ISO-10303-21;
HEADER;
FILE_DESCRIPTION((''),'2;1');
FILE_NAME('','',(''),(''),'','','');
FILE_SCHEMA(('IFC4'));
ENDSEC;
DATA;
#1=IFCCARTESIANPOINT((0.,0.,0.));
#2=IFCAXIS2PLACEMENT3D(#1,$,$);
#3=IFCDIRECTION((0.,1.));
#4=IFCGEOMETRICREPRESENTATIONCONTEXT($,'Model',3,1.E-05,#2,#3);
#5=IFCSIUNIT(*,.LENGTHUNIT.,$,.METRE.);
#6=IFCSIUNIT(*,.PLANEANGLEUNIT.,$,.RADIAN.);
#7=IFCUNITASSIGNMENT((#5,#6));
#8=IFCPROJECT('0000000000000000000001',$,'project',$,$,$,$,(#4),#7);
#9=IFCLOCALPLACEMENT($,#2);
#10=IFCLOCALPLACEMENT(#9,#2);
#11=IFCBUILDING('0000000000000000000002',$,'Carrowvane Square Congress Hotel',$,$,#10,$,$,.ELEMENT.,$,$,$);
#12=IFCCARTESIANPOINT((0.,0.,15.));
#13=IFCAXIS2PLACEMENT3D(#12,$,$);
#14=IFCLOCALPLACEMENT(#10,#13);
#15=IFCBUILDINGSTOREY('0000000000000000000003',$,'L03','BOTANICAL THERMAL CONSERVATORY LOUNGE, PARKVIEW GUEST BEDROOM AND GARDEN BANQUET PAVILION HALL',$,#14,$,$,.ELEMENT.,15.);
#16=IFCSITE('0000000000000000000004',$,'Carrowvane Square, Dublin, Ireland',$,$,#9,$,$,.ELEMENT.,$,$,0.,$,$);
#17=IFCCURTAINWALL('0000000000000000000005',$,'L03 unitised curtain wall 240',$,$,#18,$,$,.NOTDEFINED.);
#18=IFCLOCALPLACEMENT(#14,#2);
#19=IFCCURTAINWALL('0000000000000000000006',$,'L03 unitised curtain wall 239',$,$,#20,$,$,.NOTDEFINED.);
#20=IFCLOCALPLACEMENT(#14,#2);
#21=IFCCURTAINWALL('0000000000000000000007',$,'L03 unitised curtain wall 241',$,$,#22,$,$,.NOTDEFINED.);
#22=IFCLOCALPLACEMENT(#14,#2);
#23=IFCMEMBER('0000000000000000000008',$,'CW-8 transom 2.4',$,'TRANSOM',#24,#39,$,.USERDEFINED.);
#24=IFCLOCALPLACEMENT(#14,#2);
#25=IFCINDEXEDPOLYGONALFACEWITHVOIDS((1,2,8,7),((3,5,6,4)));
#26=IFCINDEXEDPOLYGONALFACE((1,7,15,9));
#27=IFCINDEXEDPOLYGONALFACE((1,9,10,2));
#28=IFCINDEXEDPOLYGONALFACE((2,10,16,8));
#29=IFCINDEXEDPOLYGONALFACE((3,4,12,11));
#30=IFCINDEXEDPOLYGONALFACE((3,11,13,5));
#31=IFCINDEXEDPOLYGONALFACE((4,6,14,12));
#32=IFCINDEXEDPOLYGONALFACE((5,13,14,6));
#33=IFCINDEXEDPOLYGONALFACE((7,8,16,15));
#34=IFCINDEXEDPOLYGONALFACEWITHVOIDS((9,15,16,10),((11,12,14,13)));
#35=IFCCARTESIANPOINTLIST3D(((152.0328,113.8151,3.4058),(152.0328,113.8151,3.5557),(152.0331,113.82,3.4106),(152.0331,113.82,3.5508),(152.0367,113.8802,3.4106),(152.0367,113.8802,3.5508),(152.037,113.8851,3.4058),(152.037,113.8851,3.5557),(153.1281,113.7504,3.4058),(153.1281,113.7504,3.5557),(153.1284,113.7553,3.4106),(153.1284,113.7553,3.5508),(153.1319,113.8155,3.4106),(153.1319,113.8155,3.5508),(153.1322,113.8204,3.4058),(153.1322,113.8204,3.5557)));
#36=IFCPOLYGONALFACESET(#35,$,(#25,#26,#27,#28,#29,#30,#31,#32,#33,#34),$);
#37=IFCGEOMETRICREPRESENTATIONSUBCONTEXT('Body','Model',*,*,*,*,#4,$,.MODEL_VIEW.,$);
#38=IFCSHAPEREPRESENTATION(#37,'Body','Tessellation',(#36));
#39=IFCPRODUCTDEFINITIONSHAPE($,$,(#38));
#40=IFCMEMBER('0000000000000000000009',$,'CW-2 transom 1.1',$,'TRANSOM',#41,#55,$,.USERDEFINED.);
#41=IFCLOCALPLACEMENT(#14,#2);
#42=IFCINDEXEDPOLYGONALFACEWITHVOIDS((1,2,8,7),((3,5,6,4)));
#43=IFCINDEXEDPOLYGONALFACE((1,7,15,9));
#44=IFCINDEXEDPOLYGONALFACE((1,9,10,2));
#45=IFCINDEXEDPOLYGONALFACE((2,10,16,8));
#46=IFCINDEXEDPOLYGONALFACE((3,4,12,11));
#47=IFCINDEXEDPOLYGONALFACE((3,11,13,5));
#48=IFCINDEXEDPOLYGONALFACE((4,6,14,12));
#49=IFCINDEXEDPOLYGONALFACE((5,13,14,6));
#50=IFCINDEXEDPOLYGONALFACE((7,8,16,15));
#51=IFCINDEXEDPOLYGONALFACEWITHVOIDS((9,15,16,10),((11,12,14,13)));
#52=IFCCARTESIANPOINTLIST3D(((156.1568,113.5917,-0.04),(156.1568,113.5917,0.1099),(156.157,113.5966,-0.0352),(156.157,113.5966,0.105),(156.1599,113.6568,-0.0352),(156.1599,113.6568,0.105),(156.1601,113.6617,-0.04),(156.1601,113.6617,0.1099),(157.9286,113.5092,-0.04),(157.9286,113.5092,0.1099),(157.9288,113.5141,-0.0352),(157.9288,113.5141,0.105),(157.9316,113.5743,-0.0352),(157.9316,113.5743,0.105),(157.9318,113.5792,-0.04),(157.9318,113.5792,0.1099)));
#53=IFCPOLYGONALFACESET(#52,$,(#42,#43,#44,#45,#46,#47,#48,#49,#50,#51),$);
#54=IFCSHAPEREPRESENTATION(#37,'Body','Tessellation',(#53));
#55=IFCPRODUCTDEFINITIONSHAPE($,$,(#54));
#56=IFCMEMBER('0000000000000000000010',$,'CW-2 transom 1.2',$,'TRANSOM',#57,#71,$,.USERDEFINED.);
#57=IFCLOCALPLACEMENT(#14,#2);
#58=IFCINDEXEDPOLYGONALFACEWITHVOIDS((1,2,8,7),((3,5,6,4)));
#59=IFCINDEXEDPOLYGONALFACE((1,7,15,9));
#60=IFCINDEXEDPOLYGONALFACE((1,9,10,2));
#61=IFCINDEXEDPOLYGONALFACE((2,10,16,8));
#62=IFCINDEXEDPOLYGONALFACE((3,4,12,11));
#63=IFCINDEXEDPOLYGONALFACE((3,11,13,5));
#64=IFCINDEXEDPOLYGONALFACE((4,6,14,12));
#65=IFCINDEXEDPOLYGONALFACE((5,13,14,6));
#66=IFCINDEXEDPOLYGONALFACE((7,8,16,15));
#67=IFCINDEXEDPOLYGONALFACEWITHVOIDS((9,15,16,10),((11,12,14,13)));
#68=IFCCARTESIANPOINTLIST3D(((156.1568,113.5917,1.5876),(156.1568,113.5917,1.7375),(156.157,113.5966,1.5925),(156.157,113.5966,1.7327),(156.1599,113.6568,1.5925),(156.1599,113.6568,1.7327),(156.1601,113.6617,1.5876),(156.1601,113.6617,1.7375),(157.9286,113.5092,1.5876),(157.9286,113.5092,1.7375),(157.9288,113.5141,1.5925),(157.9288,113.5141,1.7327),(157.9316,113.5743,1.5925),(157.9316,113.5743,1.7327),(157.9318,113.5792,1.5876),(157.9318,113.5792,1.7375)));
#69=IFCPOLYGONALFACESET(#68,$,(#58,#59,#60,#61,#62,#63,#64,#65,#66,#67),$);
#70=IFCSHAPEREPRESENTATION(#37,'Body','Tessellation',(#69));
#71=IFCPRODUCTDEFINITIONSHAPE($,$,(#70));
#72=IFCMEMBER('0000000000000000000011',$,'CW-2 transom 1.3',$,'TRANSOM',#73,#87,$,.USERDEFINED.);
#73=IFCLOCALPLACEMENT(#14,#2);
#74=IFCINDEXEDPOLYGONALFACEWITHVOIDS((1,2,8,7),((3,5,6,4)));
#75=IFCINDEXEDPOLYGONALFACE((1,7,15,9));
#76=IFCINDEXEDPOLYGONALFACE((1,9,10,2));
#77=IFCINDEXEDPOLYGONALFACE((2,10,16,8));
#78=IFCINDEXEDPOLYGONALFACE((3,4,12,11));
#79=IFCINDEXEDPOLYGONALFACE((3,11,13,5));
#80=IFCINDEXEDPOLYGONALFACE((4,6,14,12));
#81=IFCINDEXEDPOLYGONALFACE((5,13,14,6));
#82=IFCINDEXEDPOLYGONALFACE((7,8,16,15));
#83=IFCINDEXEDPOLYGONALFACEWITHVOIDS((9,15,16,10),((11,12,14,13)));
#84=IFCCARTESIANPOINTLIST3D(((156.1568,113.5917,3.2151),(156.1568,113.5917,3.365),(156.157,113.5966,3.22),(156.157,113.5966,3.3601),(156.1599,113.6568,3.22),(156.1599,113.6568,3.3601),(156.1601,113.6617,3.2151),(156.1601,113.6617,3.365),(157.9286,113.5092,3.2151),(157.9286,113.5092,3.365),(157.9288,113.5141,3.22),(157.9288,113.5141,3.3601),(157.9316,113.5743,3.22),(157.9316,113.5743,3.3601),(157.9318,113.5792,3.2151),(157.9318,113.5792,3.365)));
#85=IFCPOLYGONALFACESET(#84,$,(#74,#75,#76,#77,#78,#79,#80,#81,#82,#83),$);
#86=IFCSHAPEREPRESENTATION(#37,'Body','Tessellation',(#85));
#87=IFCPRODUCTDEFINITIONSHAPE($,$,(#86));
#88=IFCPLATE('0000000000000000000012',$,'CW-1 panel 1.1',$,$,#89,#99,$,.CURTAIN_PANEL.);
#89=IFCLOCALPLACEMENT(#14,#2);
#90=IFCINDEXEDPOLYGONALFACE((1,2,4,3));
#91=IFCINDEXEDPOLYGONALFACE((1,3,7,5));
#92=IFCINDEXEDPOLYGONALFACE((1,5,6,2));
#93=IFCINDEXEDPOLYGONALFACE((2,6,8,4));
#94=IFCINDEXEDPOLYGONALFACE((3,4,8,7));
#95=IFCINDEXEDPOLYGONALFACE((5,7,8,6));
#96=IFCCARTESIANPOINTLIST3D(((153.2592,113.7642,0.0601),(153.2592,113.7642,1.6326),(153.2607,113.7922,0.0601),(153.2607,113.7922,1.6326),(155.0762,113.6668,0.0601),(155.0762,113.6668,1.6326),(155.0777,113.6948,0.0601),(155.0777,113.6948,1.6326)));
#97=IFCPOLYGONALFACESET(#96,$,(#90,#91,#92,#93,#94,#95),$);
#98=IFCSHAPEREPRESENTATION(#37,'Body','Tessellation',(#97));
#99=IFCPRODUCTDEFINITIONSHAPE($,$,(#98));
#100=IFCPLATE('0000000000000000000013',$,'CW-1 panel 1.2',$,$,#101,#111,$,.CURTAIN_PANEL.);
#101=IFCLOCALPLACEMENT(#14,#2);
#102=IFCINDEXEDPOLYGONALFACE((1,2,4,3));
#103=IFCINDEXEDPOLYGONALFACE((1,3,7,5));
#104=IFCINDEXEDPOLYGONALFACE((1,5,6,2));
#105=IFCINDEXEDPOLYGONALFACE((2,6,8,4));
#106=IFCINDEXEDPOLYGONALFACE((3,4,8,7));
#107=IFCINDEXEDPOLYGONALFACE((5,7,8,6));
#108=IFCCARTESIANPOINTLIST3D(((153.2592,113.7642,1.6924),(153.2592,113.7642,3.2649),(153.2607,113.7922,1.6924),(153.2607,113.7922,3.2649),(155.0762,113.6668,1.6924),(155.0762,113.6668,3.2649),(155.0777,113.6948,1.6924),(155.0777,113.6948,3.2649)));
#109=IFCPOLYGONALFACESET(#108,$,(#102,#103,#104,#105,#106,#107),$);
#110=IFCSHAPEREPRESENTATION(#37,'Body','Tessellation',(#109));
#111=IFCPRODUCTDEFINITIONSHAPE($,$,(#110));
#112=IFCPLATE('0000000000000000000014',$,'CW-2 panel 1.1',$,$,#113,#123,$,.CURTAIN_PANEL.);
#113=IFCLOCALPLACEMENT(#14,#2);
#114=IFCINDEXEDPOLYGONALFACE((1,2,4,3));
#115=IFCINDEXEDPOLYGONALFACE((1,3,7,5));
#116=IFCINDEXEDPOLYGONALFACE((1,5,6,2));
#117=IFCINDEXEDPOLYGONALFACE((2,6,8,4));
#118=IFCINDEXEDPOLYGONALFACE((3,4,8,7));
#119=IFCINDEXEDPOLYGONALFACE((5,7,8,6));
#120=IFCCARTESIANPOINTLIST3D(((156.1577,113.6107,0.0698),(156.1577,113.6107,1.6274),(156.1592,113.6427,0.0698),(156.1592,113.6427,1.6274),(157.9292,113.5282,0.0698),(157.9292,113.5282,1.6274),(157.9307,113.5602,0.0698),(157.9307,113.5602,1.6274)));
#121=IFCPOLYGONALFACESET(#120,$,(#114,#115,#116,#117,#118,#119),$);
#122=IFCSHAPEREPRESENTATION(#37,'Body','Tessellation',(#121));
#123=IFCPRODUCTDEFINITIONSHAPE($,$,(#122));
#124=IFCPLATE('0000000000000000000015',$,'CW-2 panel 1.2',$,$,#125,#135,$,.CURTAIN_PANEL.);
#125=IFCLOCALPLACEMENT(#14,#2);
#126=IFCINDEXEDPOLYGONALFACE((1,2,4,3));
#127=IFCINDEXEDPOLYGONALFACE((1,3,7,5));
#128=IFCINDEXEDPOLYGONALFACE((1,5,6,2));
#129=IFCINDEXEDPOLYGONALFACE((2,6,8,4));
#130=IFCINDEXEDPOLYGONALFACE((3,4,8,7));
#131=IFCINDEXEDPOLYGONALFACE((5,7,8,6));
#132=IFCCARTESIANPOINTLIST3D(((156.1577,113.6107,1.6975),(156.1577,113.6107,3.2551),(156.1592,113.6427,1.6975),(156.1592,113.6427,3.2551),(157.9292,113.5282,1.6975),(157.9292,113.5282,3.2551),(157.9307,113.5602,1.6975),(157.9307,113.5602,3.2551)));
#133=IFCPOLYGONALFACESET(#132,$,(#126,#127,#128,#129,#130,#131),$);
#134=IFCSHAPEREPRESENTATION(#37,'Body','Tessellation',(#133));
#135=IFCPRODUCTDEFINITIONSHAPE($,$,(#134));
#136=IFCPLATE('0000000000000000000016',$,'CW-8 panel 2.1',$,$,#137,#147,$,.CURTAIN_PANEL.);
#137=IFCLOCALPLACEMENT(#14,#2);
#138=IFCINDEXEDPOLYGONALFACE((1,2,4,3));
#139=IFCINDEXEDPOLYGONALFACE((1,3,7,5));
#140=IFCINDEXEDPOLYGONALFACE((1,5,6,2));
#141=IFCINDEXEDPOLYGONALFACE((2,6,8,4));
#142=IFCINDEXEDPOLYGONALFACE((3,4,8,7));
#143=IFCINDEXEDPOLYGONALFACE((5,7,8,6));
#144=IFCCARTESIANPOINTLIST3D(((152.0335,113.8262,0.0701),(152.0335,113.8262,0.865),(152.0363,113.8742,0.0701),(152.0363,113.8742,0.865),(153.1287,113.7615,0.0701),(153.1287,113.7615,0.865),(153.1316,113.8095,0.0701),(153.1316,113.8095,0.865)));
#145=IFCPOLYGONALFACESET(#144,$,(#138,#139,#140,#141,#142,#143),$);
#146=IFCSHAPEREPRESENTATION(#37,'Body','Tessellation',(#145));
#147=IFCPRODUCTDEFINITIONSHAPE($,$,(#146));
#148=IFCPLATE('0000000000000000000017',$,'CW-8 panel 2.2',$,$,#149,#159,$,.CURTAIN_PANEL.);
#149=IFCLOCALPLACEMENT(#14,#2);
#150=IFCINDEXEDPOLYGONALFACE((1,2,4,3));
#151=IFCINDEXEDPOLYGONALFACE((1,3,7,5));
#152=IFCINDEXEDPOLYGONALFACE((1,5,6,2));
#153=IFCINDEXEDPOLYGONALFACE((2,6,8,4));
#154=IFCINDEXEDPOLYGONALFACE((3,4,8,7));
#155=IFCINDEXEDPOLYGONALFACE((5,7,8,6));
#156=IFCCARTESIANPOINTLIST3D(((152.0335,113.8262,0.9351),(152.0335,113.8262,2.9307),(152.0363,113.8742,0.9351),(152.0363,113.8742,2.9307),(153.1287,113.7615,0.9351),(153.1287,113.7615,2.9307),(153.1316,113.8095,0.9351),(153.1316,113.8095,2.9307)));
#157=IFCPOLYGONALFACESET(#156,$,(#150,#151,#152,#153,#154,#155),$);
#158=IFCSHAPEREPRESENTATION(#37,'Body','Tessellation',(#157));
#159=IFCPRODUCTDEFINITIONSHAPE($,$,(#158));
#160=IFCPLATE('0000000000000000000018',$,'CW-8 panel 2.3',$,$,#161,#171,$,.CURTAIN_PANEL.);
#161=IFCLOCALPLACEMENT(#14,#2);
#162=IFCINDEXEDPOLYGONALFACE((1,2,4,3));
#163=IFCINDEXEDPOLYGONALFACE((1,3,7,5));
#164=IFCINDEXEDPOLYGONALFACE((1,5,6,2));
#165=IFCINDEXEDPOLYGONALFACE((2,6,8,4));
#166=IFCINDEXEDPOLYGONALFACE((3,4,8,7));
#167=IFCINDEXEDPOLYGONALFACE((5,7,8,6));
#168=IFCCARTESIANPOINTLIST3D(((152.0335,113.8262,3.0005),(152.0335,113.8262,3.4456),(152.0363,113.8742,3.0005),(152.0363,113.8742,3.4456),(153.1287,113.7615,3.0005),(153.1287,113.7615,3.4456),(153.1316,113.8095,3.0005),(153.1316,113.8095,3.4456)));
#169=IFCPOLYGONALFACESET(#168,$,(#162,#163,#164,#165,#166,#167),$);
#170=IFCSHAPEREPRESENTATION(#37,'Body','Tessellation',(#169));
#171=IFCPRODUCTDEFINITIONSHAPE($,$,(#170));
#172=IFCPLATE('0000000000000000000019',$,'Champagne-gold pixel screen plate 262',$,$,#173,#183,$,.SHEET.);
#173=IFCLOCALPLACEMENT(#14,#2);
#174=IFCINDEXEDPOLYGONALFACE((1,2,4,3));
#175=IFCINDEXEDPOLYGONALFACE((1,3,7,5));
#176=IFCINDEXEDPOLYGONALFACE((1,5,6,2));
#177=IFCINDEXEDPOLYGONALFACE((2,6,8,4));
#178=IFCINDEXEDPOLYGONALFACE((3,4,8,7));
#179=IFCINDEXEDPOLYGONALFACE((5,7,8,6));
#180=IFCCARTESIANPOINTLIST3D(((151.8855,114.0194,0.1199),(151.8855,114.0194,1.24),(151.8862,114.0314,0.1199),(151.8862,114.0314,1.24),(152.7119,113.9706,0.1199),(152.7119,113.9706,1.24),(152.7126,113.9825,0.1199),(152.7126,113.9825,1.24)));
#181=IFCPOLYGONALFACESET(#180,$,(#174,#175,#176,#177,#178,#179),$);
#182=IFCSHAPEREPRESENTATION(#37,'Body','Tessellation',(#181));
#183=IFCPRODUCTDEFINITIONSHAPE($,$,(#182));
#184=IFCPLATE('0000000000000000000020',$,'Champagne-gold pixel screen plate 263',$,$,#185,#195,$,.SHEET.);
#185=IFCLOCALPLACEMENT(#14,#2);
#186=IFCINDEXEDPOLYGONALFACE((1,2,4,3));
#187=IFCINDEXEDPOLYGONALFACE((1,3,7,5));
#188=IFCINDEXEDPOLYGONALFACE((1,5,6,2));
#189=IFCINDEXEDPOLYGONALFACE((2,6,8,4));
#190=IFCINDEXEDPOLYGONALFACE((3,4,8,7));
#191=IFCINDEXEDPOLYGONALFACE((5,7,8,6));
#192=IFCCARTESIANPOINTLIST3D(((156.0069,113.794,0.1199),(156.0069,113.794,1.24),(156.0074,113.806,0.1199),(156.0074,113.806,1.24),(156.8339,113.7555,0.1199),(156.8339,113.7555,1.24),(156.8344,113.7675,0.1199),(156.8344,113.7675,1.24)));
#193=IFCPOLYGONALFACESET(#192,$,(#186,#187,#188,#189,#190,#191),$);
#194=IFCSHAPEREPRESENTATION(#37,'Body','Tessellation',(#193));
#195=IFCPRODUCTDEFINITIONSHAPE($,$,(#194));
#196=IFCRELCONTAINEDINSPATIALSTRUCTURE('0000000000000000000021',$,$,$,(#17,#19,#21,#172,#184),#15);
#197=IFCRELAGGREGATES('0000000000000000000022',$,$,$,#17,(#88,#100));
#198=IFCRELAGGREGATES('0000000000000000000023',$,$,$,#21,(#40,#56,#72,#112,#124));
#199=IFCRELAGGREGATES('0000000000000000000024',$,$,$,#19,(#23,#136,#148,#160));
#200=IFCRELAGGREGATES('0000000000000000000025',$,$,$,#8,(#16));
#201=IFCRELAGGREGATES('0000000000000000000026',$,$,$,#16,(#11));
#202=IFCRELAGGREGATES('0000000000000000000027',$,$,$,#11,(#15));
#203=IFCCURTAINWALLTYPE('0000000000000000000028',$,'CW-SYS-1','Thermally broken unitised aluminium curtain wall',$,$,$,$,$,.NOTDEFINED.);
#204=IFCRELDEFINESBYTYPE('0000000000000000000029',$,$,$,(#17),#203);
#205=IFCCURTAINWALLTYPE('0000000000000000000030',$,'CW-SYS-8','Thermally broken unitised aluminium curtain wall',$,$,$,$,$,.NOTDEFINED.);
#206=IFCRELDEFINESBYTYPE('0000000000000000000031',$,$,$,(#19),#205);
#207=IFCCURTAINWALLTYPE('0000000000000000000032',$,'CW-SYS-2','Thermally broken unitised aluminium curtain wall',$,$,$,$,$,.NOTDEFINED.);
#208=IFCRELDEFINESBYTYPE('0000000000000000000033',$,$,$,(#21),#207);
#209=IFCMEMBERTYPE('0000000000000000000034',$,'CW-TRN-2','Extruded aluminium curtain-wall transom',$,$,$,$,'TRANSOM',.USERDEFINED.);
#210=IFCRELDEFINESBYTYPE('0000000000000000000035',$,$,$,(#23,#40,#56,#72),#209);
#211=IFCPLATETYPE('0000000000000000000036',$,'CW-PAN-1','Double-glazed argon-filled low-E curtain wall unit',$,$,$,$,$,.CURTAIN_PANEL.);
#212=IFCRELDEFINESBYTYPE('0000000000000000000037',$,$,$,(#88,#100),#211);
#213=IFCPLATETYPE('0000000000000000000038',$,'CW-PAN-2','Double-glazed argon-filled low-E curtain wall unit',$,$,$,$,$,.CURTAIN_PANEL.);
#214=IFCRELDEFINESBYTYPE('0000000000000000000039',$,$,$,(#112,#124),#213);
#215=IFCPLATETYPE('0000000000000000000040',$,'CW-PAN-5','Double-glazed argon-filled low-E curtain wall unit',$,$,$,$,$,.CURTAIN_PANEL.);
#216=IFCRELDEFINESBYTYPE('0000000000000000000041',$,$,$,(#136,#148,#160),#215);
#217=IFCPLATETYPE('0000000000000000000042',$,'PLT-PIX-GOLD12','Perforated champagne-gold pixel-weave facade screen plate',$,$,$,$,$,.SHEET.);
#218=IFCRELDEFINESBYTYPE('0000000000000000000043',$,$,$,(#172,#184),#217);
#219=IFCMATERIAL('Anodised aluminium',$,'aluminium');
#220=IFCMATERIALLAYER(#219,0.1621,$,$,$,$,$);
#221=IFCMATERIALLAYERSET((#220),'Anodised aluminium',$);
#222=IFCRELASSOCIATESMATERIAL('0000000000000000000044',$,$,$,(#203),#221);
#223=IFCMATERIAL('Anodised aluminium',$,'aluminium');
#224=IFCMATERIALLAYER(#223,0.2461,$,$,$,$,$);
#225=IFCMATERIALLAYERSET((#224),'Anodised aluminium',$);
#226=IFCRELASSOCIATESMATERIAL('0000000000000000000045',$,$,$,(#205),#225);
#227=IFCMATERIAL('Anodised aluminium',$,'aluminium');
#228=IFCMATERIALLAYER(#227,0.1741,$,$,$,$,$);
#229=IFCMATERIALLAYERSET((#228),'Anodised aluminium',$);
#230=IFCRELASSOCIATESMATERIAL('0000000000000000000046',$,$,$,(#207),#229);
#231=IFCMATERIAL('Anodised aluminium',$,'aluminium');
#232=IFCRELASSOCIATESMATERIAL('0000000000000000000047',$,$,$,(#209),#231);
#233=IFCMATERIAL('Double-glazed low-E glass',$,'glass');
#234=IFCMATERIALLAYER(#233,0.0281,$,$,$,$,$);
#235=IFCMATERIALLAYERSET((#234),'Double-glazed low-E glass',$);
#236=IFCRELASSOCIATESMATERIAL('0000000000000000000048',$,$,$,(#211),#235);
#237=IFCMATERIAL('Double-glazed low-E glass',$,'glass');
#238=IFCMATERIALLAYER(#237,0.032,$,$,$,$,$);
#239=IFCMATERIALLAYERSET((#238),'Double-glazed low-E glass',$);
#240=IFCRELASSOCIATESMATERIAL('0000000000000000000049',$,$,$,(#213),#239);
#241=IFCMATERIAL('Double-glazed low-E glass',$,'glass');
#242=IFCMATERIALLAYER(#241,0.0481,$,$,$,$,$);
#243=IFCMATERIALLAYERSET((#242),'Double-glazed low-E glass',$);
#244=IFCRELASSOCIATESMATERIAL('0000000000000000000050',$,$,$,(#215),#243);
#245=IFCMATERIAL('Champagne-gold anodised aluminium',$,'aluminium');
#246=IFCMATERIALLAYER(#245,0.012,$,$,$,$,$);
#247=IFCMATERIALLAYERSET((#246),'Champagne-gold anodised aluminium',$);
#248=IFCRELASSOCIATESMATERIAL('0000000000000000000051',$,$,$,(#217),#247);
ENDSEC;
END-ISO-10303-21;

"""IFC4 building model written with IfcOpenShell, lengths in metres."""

from ifc_helpers import new_model, si_unit, direction, frame, origin, origin_2d, place, context, subcontext, project, spatial, rectangle, hollow_rectangle, extrude, material, layer, layer_set, material_profile, profile_set, type_object, element, aggregate, save


model = new_model("IFC4")

# Units and contexts
model_context = context("Model", 3, precision=1e-05, world=origin(), true_north=direction((0.0, 1.0)))
body_context = subcontext(model_context, "Body", "Model", "MODEL_VIEW")
ifc_project = project(units=[si_unit("LENGTHUNIT", "METRE"), si_unit("PLANEANGLEUNIT", "RADIAN")], contexts=[model_context])

# Site, building, storey
site_placement = place(None, origin())
site = spatial("IfcSite", under=ifc_project, at=site_placement, Name="Carrowvane Square, Dublin, Ireland", CompositionType="ELEMENT", RefElevation=0.0)
building_placement = place(site_placement, origin())
building = spatial("IfcBuilding", under=site, at=building_placement, Name="Carrowvane Square Congress Hotel", CompositionType="ELEMENT")
storey_placement = place(building_placement, frame((0.0, 0.0, 15.0)))
storey = spatial("IfcBuildingStorey", under=building, at=storey_placement, Name="L03", Description="BOTANICAL THERMAL CONSERVATORY LOUNGE, PARKVIEW GUEST BEDROOM AND GARDEN BANQUET PAVILION HALL", CompositionType="ELEMENT", Elevation=15.0)

# Curtain wall
ifc_material_1 = material(Name="Anodised aluminium", Category="aluminium")
ifc_layer_1 = layer(ifc_material_1, 0.1621)
ifc_layer_set_1 = layer_set([ifc_layer_1], Name="Anodised aluminium")
curtain_wall_type_1 = type_object("IfcCurtainWallType", Name="CW-SYS-1", Description="Thermally broken unitised aluminium curtain wall", PredefinedType="NOTDEFINED", material=ifc_layer_set_1)
curtain_wall_1_placement = place(storey_placement, origin())
curtain_wall_1 = element("IfcCurtainWall", 1, at=curtain_wall_1_placement, inside=storey, type_object=curtain_wall_type_1, Name="L03 unitised curtain wall 240", PredefinedType="NOTDEFINED")

# Curtain wall
ifc_material_2 = material(Name="Anodised aluminium", Category="aluminium")
ifc_layer_2 = layer(ifc_material_2, 0.2461)
ifc_layer_set_2 = layer_set([ifc_layer_2], Name="Anodised aluminium")
curtain_wall_type_2 = type_object("IfcCurtainWallType", Name="CW-SYS-8", Description="Thermally broken unitised aluminium curtain wall", PredefinedType="NOTDEFINED", material=ifc_layer_set_2)
curtain_wall_2_placement = place(storey_placement, origin())
curtain_wall_2 = element("IfcCurtainWall", 2, at=curtain_wall_2_placement, inside=storey, type_object=curtain_wall_type_2, Name="L03 unitised curtain wall 239", PredefinedType="NOTDEFINED")

# Curtain wall
ifc_material_3 = material(Name="Anodised aluminium", Category="aluminium")
ifc_layer_3 = layer(ifc_material_3, 0.1741)
ifc_layer_set_3 = layer_set([ifc_layer_3], Name="Anodised aluminium")
curtain_wall_type_3 = type_object("IfcCurtainWallType", Name="CW-SYS-2", Description="Thermally broken unitised aluminium curtain wall", PredefinedType="NOTDEFINED", material=ifc_layer_set_3)
curtain_wall_3_placement = place(storey_placement, origin())
curtain_wall_3 = element("IfcCurtainWall", 3, at=curtain_wall_3_placement, inside=storey, type_object=curtain_wall_type_3, Name="L03 unitised curtain wall 241", PredefinedType="NOTDEFINED")

# Members
ifc_material_4 = material(Name="Anodised aluminium", Category="aluminium")
ifc_material_profile_1 = material_profile(ifc_material_4, hollow_rectangle(XDim=0.0701, YDim=0.1499, WallThickness=0.0049, at=origin_2d()), Name="CW-TR 70x150x5")
ifc_profile_set_1 = profile_set([ifc_material_profile_1], Name="Anodised aluminium")
member_type_1 = type_object("IfcMemberType", Name="CW-TRN-2", Description="Extruded aluminium curtain-wall transom", ElementType="TRANSOM", PredefinedType="USERDEFINED", material=ifc_profile_set_1)
member_1_placement = place(storey_placement, frame((152.0349, 113.8501, 3.4807), z_axis=(0.99826, -0.05897, 0.0), x_axis=(0.05897, 0.99826, 0.0)))
member_1 = element("IfcMember", 4, at=member_1_placement, type_object=member_type_1, Name="CW-8 transom 2.4", ObjectType="TRANSOM", PredefinedType="USERDEFINED", context=body_context, shape_type="SweptSolid", body=[
    extrude(hollow_rectangle(XDim=0.0701, YDim=0.1499, WallThickness=0.0049, at=origin_2d()), origin(), (0.0, 0.0, 1.0), 1.0972),
])
member_2_placement = place(storey_placement, frame((156.1584, 113.6267, 0.0349), z_axis=(0.998917, -0.046525, 0.0), x_axis=(0.046525, 0.998917, 0.0)))
member_2 = element("IfcMember", 5, at=member_2_placement, type_object=member_type_1, Name="CW-2 transom 1.1", ObjectType="TRANSOM", PredefinedType="USERDEFINED", context=body_context, shape_type="SweptSolid", body=[
    extrude(hollow_rectangle(XDim=0.0701, YDim=0.1499, WallThickness=0.0049, at=origin_2d()), origin(), (0.0, 0.0, 1.0), 1.7737),
])
member_3_placement = place(storey_placement, frame((156.1584, 113.6267, 1.6626), z_axis=(0.998917, -0.046525, 0.0), x_axis=(0.046525, 0.998917, 0.0)))
member_3 = element("IfcMember", 6, at=member_3_placement, type_object=member_type_1, Name="CW-2 transom 1.2", ObjectType="TRANSOM", PredefinedType="USERDEFINED", context=body_context, shape_type="SweptSolid", body=[
    extrude(hollow_rectangle(XDim=0.0701, YDim=0.1499, WallThickness=0.0049, at=origin_2d()), origin(), (0.0, 0.0, 1.0), 1.7737),
])
member_4_placement = place(storey_placement, frame((156.1584, 113.6267, 3.29), z_axis=(0.998917, -0.046525, 0.0), x_axis=(0.046525, 0.998917, 0.0)))
member_4 = element("IfcMember", 7, at=member_4_placement, type_object=member_type_1, Name="CW-2 transom 1.3", ObjectType="TRANSOM", PredefinedType="USERDEFINED", context=body_context, shape_type="SweptSolid", body=[
    extrude(hollow_rectangle(XDim=0.0701, YDim=0.1499, WallThickness=0.0049, at=origin_2d()), origin(), (0.0, 0.0, 1.0), 1.7737),
])

# Plates
ifc_material_5 = material(Name="Double-glazed low-E glass", Category="glass")
ifc_layer_4 = layer(ifc_material_5, 0.0281)
ifc_layer_set_4 = layer_set([ifc_layer_4], Name="Double-glazed low-E glass")
plate_type_1 = type_object("IfcPlateType", Name="CW-PAN-1", Description="Double-glazed argon-filled low-E curtain wall unit", PredefinedType="CURTAIN_PANEL", material=ifc_layer_set_4)
plate_1_placement = place(storey_placement, frame((154.1685, 113.7295, 0.0601), z_axis=(0.0, 0.0, 1.0), x_axis=(0.998567, -0.053516, 0.0)))
plate_1 = element("IfcPlate", 8, at=plate_1_placement, type_object=plate_type_1, Name="CW-1 panel 1.1", PredefinedType="CURTAIN_PANEL", context=body_context, shape_type="SweptSolid", body=[
    extrude(rectangle(XDim=1.8196, YDim=0.0281, at=origin_2d()), origin(), (0.0, 0.0, 1.0), 1.5725),
])
plate_2_placement = place(storey_placement, frame((154.1685, 113.7295, 1.6924), z_axis=(0.0, 0.0, 1.0), x_axis=(0.998567, -0.053516, 0.0)))
plate_2 = element("IfcPlate", 9, at=plate_2_placement, type_object=plate_type_1, Name="CW-1 panel 1.2", PredefinedType="CURTAIN_PANEL", context=body_context, shape_type="SweptSolid", body=[
    extrude(rectangle(XDim=1.8196, YDim=0.0281, at=origin_2d()), origin(), (0.0, 0.0, 1.0), 1.5725),
])
aggregate(curtain_wall_1, [plate_1, plate_2])
ifc_material_6 = material(Name="Double-glazed low-E glass", Category="glass")
ifc_layer_5 = layer(ifc_material_6, 0.032)
ifc_layer_set_5 = layer_set([ifc_layer_5], Name="Double-glazed low-E glass")
plate_type_2 = type_object("IfcPlateType", Name="CW-PAN-2", Description="Double-glazed argon-filled low-E curtain wall unit", PredefinedType="CURTAIN_PANEL", material=ifc_layer_set_5)
plate_3_placement = place(storey_placement, frame((157.0442, 113.5854, 0.0698), z_axis=(0.0, 0.0, 1.0), x_axis=(0.998917, -0.046522, 0.0)))
plate_3 = element("IfcPlate", 10, at=plate_3_placement, type_object=plate_type_2, Name="CW-2 panel 1.1", PredefinedType="CURTAIN_PANEL", context=body_context, shape_type="SweptSolid", body=[
    extrude(rectangle(XDim=1.7734, YDim=0.032, at=origin_2d()), origin(), (0.0, 0.0, 1.0), 1.5576),
])
plate_4_placement = place(storey_placement, frame((157.0442, 113.5854, 1.6975), z_axis=(0.0, 0.0, 1.0), x_axis=(0.998917, -0.046522, 0.0)))
plate_4 = element("IfcPlate", 11, at=plate_4_placement, type_object=plate_type_2, Name="CW-2 panel 1.2", PredefinedType="CURTAIN_PANEL", context=body_context, shape_type="SweptSolid", body=[
    extrude(rectangle(XDim=1.7734, YDim=0.032, at=origin_2d()), origin(), (0.0, 0.0, 1.0), 1.5576),
])
aggregate(curtain_wall_3, [member_2, member_3, member_4, plate_3, plate_4])
ifc_material_7 = material(Name="Double-glazed low-E glass", Category="glass")
ifc_layer_6 = layer(ifc_material_7, 0.0481)
ifc_layer_set_6 = layer_set([ifc_layer_6], Name="Double-glazed low-E glass")
plate_type_3 = type_object("IfcPlateType", Name="CW-PAN-5", Description="Double-glazed argon-filled low-E curtain wall unit", PredefinedType="CURTAIN_PANEL", material=ifc_layer_set_6)
plate_5_placement = place(storey_placement, frame((152.5825, 113.8179, 0.0701), z_axis=(0.0, 0.0, 1.0), x_axis=(0.998259, -0.058989, 0.0)))
plate_5 = element("IfcPlate", 12, at=plate_5_placement, type_object=plate_type_3, Name="CW-8 panel 2.1", PredefinedType="CURTAIN_PANEL", context=body_context, shape_type="SweptSolid", body=[
    extrude(rectangle(XDim=1.0972, YDim=0.0481, at=origin_2d()), origin(), (0.0, 0.0, 1.0), 0.7949),
])
plate_6_placement = place(storey_placement, frame((152.5825, 113.8179, 0.9351), z_axis=(0.0, 0.0, 1.0), x_axis=(0.998259, -0.058989, 0.0)))
plate_6 = element("IfcPlate", 13, at=plate_6_placement, type_object=plate_type_3, Name="CW-8 panel 2.2", PredefinedType="CURTAIN_PANEL", context=body_context, shape_type="SweptSolid", body=[
    extrude(rectangle(XDim=1.0972, YDim=0.0481, at=origin_2d()), origin(), (0.0, 0.0, 1.0), 1.9956),
])
plate_7_placement = place(storey_placement, frame((152.5825, 113.8179, 3.0005), z_axis=(0.0, 0.0, 1.0), x_axis=(0.998259, -0.058989, 0.0)))
plate_7 = element("IfcPlate", 14, at=plate_7_placement, type_object=plate_type_3, Name="CW-8 panel 2.3", PredefinedType="CURTAIN_PANEL", context=body_context, shape_type="SweptSolid", body=[
    extrude(rectangle(XDim=1.0972, YDim=0.0481, at=origin_2d()), origin(), (0.0, 0.0, 1.0), 0.4451),
])
aggregate(curtain_wall_2, [member_1, plate_5, plate_6, plate_7])

# Plates
ifc_material_8 = material(Name="Champagne-gold anodised aluminium", Category="aluminium")
ifc_layer_7 = layer(ifc_material_8, 0.012)
ifc_layer_set_7 = layer_set([ifc_layer_7], Name="Champagne-gold anodised aluminium")
plate_type_4 = type_object("IfcPlateType", Name="PLT-PIX-GOLD12", Description="Perforated champagne-gold pixel-weave facade screen plate", PredefinedType="SHEET", material=ifc_layer_set_7)
for number, where, z_axis, x_axis, name in (
    (15, (152.2991, 114.001, 0.1199), (0.0, 0.0, 1.0), (0.998259, -0.058985, 0.0), "Champagne-gold pixel screen plate 262"),
    (16, (156.4207, 113.7808, 0.1199), (0.0, 0.0, 1.0), (0.998917, -0.046521, 0.0), "Champagne-gold pixel screen plate 263"),
):
    element("IfcPlate", number, at=place(storey_placement, frame(where, z_axis=z_axis, x_axis=x_axis)), inside=storey, type_object=plate_type_4, Name=name, PredefinedType="SHEET", context=body_context, shape_type="SweptSolid", body=[
        extrude(rectangle(XDim=0.8279, YDim=0.012, at=origin_2d()), origin(), (0.0, 0.0, 1.0), 1.1201),
    ])

save(model, "model.ifc")
